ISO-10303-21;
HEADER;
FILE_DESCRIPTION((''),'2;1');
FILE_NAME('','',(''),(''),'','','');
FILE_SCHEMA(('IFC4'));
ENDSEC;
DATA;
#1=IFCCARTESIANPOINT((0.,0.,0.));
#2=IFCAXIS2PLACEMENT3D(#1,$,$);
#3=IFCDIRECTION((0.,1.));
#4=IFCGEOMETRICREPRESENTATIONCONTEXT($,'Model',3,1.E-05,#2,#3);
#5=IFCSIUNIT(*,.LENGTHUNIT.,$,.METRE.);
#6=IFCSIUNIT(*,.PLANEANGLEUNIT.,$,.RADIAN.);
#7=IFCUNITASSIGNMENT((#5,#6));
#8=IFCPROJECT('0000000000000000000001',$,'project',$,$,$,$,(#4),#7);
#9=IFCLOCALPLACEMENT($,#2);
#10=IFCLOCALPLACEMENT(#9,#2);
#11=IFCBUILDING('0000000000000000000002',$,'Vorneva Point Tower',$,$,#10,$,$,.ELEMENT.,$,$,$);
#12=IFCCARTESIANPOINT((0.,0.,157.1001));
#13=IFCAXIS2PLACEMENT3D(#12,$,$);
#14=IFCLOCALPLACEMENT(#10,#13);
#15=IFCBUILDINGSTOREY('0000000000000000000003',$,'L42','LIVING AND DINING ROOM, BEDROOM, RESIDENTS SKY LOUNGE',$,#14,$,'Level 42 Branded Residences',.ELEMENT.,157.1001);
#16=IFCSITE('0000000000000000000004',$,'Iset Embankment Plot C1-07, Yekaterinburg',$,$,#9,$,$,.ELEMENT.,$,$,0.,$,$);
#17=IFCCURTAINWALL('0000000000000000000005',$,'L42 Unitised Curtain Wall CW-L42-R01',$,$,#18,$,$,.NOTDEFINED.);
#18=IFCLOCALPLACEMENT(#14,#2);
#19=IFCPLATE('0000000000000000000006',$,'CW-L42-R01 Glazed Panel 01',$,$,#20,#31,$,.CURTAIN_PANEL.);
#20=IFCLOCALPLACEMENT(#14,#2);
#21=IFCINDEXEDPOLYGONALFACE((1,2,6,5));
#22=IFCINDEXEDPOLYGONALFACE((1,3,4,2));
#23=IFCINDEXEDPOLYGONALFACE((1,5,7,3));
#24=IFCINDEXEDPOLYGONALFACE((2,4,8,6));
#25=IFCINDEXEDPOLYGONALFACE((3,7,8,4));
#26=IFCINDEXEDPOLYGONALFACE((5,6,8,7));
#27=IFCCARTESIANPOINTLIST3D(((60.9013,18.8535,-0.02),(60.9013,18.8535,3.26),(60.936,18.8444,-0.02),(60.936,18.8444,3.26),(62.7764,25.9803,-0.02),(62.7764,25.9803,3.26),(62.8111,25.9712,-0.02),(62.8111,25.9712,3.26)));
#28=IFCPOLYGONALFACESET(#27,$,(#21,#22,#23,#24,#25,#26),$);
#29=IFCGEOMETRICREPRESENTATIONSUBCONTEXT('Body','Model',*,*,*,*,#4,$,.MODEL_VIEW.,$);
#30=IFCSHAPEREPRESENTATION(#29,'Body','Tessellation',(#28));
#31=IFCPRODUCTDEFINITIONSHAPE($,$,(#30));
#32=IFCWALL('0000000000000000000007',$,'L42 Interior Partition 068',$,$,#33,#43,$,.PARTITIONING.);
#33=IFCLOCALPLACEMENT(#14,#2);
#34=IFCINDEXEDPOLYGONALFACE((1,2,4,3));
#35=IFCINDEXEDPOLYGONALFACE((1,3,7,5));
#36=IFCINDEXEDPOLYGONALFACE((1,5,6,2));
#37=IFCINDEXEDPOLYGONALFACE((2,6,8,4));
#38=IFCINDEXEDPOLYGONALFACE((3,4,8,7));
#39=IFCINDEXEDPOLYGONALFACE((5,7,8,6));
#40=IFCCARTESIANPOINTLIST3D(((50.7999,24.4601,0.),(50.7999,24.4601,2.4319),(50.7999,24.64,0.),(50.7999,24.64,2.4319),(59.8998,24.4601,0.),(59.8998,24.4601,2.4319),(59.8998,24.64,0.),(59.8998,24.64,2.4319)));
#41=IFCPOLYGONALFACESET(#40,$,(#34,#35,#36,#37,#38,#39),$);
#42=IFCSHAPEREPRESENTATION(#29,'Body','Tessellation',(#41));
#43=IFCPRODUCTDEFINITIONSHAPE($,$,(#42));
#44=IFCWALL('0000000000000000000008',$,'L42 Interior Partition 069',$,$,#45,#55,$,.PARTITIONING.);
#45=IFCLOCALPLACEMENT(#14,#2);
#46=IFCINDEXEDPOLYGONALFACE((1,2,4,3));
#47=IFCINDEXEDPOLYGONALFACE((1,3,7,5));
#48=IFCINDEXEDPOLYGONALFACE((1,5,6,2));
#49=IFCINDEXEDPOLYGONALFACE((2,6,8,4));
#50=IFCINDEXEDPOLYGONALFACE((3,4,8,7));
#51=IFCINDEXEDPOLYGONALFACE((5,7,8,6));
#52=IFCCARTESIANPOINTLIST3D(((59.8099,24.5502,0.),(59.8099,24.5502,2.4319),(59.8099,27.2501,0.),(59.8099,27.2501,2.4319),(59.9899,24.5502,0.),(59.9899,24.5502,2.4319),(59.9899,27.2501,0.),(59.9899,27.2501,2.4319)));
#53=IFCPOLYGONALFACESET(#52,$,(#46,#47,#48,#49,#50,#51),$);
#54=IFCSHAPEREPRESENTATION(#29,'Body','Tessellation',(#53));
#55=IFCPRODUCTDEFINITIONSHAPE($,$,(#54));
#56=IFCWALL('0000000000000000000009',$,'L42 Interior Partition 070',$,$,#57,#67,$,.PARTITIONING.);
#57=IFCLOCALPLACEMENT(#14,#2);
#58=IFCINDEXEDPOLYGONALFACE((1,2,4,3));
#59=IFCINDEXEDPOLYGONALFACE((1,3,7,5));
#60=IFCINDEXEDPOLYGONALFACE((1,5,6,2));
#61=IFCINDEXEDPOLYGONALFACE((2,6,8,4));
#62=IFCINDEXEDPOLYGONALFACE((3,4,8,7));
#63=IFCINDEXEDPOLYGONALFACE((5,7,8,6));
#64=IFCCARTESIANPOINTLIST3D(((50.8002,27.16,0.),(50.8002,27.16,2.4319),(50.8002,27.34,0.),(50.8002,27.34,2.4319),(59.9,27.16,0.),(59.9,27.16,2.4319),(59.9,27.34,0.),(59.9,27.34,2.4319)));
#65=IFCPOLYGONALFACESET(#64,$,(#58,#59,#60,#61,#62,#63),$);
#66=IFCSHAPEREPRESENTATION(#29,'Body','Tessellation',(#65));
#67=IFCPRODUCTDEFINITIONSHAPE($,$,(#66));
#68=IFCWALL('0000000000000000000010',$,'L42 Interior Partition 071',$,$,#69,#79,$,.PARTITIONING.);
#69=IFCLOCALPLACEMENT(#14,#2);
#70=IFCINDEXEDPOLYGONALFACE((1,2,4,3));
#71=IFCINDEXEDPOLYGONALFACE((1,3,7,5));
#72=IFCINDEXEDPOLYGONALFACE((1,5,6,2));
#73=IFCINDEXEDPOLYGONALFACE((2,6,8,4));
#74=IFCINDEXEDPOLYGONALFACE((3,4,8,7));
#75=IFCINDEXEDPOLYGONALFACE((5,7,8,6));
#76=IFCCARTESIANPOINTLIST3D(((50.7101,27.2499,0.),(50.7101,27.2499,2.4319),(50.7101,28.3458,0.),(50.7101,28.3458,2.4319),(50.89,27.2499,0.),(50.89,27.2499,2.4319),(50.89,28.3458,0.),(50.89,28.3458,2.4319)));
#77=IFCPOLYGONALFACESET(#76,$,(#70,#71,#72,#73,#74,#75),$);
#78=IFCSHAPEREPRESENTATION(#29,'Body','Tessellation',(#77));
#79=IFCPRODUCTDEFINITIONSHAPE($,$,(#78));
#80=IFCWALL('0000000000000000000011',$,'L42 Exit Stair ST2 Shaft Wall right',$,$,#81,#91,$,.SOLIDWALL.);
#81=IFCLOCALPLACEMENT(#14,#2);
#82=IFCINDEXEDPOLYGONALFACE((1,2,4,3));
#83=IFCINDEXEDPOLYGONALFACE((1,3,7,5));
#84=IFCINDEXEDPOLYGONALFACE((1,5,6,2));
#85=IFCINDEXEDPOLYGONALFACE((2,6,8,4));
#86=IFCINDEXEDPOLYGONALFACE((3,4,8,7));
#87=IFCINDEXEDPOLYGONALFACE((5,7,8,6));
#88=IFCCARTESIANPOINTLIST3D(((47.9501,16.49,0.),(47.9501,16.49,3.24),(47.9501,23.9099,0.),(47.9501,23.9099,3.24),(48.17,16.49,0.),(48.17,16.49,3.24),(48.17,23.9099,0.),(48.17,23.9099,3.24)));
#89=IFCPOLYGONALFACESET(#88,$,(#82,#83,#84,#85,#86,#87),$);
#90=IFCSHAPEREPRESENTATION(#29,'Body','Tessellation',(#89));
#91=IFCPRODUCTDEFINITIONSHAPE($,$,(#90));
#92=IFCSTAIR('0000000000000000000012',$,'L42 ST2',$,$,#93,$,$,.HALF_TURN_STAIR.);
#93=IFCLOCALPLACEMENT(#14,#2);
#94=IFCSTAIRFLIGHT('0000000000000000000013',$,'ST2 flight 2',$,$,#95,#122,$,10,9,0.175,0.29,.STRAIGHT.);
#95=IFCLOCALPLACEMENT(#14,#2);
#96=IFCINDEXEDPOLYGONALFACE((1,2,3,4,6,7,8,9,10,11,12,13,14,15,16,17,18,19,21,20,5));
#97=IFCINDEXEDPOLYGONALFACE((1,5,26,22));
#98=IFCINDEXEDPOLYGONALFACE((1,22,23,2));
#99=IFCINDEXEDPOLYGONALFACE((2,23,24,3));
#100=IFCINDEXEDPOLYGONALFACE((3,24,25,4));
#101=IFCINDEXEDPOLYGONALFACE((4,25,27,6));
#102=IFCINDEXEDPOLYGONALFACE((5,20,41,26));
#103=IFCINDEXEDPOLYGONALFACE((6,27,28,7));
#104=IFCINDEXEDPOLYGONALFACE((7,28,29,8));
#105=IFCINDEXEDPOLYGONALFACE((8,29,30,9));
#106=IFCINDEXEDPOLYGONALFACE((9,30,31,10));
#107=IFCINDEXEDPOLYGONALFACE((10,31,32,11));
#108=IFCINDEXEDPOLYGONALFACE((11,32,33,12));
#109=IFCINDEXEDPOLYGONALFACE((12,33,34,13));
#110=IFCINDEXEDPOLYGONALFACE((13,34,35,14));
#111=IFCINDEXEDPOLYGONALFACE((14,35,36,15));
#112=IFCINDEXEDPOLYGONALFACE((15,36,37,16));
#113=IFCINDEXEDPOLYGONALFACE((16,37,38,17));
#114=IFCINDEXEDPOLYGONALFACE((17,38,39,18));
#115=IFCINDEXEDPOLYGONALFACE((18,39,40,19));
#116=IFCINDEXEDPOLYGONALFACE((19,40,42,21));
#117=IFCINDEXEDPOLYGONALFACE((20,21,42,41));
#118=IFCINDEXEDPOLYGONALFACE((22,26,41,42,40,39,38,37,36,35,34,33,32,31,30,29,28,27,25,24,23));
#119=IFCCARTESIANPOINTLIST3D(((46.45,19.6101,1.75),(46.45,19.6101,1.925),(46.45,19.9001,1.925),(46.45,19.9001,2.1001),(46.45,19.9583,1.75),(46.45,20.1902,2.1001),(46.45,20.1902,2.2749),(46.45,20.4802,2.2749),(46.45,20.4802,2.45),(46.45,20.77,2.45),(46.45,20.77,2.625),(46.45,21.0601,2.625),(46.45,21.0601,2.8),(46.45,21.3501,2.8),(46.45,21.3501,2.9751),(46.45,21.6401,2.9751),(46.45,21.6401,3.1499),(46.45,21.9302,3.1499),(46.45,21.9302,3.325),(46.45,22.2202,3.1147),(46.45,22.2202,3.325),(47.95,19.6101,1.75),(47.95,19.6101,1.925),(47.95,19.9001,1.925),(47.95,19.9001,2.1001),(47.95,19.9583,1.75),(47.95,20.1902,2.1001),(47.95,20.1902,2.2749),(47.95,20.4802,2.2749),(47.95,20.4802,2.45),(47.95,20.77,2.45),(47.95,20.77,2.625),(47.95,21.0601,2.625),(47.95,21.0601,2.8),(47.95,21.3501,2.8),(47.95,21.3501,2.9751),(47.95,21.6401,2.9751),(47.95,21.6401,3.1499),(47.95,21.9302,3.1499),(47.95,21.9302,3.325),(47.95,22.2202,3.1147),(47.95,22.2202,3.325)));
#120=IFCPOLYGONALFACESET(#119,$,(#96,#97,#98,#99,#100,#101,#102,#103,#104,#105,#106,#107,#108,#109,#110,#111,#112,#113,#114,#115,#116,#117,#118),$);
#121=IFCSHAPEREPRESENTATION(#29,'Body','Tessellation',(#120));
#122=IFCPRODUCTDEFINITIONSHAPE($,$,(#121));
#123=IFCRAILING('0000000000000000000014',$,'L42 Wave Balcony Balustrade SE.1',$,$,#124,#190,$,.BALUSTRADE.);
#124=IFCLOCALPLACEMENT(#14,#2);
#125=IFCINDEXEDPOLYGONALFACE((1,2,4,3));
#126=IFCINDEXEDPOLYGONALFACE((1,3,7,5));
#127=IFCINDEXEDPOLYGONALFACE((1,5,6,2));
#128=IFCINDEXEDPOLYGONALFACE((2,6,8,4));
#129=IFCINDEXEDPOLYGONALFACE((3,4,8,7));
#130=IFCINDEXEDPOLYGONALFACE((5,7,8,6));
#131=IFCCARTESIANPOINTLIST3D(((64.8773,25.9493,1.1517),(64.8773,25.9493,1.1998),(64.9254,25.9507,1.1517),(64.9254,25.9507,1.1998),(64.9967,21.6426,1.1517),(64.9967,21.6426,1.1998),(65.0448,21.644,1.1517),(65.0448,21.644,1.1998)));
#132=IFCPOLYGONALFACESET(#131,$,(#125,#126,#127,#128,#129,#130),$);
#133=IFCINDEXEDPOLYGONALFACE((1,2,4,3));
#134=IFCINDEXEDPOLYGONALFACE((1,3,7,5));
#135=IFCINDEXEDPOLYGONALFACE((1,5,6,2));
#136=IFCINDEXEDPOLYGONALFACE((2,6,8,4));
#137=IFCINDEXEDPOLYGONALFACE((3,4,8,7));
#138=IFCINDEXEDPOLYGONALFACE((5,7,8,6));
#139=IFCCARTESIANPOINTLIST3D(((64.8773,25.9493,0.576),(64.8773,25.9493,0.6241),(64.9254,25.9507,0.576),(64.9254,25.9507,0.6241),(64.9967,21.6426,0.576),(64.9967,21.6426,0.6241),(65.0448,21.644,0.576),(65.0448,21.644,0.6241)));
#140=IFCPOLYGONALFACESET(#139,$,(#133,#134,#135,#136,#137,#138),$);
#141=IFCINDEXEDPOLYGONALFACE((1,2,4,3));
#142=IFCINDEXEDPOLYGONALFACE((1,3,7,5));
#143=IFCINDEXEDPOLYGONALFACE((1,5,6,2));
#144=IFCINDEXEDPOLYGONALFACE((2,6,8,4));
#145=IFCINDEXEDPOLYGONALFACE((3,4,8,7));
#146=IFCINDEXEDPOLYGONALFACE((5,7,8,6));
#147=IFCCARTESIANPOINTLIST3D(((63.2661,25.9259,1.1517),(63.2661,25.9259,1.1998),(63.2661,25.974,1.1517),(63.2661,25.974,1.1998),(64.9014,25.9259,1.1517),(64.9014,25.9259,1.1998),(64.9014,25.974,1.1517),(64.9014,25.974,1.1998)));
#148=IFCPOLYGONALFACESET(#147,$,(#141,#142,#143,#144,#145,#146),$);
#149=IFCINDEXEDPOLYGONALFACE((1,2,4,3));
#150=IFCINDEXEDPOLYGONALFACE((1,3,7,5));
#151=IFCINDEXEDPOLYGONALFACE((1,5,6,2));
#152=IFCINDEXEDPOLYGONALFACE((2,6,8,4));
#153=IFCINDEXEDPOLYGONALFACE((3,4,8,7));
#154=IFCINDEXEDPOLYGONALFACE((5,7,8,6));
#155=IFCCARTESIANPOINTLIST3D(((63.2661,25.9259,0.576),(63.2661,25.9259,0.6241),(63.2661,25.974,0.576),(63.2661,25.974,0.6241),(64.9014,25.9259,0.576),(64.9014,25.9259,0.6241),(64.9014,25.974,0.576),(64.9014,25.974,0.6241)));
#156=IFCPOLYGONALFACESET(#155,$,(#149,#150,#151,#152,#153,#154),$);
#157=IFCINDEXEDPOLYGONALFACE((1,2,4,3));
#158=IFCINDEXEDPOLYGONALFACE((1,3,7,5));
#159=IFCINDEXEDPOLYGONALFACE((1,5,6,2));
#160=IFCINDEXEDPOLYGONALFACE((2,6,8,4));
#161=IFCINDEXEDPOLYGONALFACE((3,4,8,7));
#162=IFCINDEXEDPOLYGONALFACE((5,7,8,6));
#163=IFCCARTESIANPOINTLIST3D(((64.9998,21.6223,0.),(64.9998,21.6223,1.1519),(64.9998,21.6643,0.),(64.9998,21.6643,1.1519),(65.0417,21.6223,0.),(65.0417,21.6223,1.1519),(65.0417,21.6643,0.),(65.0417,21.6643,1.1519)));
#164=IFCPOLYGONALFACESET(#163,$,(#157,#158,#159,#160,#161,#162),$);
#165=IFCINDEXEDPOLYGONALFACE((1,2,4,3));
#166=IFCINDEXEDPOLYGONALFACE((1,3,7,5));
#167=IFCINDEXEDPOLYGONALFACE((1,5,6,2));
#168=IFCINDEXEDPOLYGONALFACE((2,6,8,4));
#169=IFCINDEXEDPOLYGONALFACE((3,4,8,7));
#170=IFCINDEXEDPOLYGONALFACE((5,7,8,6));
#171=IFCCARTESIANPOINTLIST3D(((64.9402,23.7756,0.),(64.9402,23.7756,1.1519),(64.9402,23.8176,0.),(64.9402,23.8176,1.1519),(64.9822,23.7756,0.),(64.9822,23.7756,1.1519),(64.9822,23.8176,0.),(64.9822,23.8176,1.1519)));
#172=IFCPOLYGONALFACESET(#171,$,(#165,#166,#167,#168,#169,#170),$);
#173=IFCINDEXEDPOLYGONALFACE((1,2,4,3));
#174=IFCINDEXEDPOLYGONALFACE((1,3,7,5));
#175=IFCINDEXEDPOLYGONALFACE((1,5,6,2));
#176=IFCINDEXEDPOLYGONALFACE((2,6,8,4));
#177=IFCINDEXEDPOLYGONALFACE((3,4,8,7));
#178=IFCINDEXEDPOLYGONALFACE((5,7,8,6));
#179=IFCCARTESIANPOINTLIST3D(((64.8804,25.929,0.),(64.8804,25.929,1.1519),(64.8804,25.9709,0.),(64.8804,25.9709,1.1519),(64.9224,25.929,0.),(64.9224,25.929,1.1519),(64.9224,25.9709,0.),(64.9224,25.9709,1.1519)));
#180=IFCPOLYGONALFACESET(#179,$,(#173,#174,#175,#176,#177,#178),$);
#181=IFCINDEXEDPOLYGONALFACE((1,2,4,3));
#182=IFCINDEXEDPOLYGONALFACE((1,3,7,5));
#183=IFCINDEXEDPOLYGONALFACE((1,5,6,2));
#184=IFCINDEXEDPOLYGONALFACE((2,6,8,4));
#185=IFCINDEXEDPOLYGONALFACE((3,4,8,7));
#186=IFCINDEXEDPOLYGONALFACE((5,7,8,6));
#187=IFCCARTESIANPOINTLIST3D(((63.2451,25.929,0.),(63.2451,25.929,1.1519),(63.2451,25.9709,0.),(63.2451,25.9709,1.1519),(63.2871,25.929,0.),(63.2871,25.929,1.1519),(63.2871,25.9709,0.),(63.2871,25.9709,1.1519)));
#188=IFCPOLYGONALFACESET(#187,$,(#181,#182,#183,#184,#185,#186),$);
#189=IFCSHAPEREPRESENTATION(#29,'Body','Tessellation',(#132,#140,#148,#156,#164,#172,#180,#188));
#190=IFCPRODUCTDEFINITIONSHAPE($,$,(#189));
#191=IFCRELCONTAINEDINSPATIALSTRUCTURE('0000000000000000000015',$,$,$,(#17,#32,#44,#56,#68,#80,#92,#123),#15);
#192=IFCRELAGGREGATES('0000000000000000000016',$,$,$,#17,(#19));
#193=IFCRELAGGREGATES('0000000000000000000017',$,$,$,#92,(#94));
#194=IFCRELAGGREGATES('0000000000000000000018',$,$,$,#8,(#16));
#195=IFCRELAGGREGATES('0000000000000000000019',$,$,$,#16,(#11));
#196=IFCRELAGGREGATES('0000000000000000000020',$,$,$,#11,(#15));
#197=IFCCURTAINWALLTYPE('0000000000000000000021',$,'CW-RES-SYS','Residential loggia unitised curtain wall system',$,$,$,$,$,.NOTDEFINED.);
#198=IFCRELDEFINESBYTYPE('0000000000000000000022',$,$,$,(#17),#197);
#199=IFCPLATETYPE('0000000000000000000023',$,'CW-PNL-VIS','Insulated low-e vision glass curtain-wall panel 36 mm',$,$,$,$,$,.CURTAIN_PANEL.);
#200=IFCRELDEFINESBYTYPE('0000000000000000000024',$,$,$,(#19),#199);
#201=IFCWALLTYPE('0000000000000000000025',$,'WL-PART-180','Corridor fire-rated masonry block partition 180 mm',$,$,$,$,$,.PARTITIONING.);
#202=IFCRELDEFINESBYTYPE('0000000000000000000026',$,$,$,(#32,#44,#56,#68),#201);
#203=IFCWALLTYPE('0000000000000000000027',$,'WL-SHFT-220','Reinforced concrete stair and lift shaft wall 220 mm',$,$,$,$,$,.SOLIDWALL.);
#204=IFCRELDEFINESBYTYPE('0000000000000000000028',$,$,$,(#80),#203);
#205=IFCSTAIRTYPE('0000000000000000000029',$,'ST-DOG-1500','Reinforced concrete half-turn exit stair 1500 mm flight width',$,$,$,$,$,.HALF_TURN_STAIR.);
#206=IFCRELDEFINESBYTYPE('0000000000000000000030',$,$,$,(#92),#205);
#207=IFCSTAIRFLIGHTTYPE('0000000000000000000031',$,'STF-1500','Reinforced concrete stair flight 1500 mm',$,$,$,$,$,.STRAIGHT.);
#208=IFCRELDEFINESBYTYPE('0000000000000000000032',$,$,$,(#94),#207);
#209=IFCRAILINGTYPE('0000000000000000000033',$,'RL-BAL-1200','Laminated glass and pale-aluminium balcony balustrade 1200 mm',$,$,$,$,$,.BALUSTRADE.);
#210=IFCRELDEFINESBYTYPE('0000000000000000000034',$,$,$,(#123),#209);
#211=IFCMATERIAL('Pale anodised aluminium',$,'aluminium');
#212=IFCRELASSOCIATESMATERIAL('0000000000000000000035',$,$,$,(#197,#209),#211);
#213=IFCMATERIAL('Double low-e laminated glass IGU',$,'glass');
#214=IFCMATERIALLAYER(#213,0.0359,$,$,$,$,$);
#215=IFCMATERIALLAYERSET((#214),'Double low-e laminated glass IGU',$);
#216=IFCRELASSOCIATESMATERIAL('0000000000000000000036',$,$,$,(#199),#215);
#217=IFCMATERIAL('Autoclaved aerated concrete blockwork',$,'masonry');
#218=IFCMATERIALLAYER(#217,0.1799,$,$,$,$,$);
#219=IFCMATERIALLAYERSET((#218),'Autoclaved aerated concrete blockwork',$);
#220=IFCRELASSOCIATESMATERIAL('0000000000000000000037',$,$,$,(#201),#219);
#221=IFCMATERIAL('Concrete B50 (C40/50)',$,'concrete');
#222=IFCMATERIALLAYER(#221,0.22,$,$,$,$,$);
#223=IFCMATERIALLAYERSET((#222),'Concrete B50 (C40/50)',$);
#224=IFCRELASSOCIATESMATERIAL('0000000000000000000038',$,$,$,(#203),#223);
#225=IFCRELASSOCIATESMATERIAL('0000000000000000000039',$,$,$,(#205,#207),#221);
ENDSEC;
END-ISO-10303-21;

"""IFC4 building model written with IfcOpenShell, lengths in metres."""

from ifc_helpers import new_model, si_unit, direction, frame, frame_2d, origin, origin_2d, place, context, subcontext, project, spatial, polyline, rectangle, outline, extrude, material, layer, layer_set, type_object, element, aggregate, save


model = new_model("IFC4")

# Units and contexts
model_context = context("Model", 3, precision=1e-05, world=origin(), true_north=direction((0.0, 1.0)))
body_context = subcontext(model_context, "Body", "Model", "MODEL_VIEW")
ifc_project = project(units=[si_unit("LENGTHUNIT", "METRE"), si_unit("PLANEANGLEUNIT", "RADIAN")], contexts=[model_context])

# Site, building, storey
site_placement = place(None, origin())
site = spatial("IfcSite", under=ifc_project, at=site_placement, Name="Iset Embankment Plot C1-07, Yekaterinburg", CompositionType="ELEMENT", RefElevation=0.0)
building_placement = place(site_placement, origin())
building = spatial("IfcBuilding", under=site, at=building_placement, Name="Vorneva Point Tower", CompositionType="ELEMENT")
storey_placement = place(building_placement, frame((0.0, 0.0, 157.1001)))
storey = spatial("IfcBuildingStorey", under=building, at=storey_placement, Name="L42", Description="LIVING AND DINING ROOM, BEDROOM, RESIDENTS SKY LOUNGE", LongName="Level 42 Branded Residences", CompositionType="ELEMENT", Elevation=157.1001)

# Curtain wall, plate
ifc_material_1 = material(Name="Pale anodised aluminium", Category="aluminium")
curtain_wall_type = type_object("IfcCurtainWallType", Name="CW-RES-SYS", Description="Residential loggia unitised curtain wall system", PredefinedType="NOTDEFINED", material=ifc_material_1)
curtain_wall_placement = place(storey_placement, origin())
curtain_wall = element("IfcCurtainWall", 1, at=curtain_wall_placement, inside=storey, type_object=curtain_wall_type, Name="L42 Unitised Curtain Wall CW-L42-R01", PredefinedType="NOTDEFINED")
ifc_material_2 = material(Name="Double low-e laminated glass IGU", Category="glass")
ifc_layer_1 = layer(ifc_material_2, 0.0359)
ifc_layer_set_1 = layer_set([ifc_layer_1], Name="Double low-e laminated glass IGU")
plate_type = type_object("IfcPlateType", Name="CW-PNL-VIS", Description="Insulated low-e vision glass curtain-wall panel 36 mm", PredefinedType="CURTAIN_PANEL", material=ifc_layer_set_1)
plate_placement = place(storey_placement, frame((61.8562, 22.4124, -0.02), z_axis=(0.0, 0.0, 1.0), x_axis=(0.254433, 0.96709, 0.0)))
plate = element("IfcPlate", 2, at=plate_placement, type_object=plate_type, Name="CW-L42-R01 Glazed Panel 01", PredefinedType="CURTAIN_PANEL", context=body_context, shape_type="SweptSolid", body=[
    extrude(rectangle(XDim=7.3694, YDim=0.0359, at=origin_2d()), origin(), (0.0, 0.0, 1.0), 3.28),
])
aggregate(curtain_wall, [plate])

# Shared definitions
ifc_material_3 = material(Name="Autoclaved aerated concrete blockwork", Category="masonry")
ifc_layer_2 = layer(ifc_material_3, 0.1799)
ifc_layer_set_2 = layer_set([ifc_layer_2], Name="Autoclaved aerated concrete blockwork")
wall_type_1 = type_object("IfcWallType", Name="WL-PART-180", Description="Corridor fire-rated masonry block partition 180 mm", PredefinedType="PARTITIONING", material=ifc_layer_set_2)

# Walls
wall_1_placement = place(storey_placement, frame((50.8, 24.55, 0.0), z_axis=(0.0, 0.0, 1.0), x_axis=(1.0, 0.0, 0.0)))
element("IfcWall", 3, at=wall_1_placement, inside=storey, type_object=wall_type_1, Name="L42 Interior Partition 068", PredefinedType="PARTITIONING", context=body_context, shape_type="SweptSolid", body=[
    extrude(rectangle(XDim=9.0999, YDim=0.1799, at=frame_2d((4.5498, 0.0))), origin(), (0.0, 0.0, 1.0), 2.4319),
])
wall_2_placement = place(storey_placement, frame((59.8999, 24.55, 0.0), z_axis=(0.0, 0.0, 1.0), x_axis=(0.0, 1.0, 0.0)))
element("IfcWall", 4, at=wall_2_placement, inside=storey, type_object=wall_type_1, Name="L42 Interior Partition 069", PredefinedType="PARTITIONING", context=body_context, shape_type="SweptSolid", body=[
    extrude(rectangle(XDim=2.7, YDim=0.1799, at=frame_2d((1.3501, 0.0))), origin(), (0.0, 0.0, 1.0), 2.4319),
])
wall_3_placement = place(storey_placement, frame((59.8999, 27.25, 0.0), z_axis=(0.0, 0.0, 1.0), x_axis=(-1.0, 0.0, 0.0)))
element("IfcWall", 5, at=wall_3_placement, inside=storey, type_object=wall_type_1, Name="L42 Interior Partition 070", PredefinedType="PARTITIONING", context=body_context, shape_type="SweptSolid", body=[
    extrude(rectangle(XDim=9.0999, YDim=0.1799, at=frame_2d((4.5498, 0.0))), origin(), (0.0, 0.0, 1.0), 2.4319),
])
wall_4_placement = place(storey_placement, frame((50.8, 27.25, 0.0), z_axis=(0.0, 0.0, 1.0), x_axis=(0.0, 1.0, 0.0)))
element("IfcWall", 6, at=wall_4_placement, inside=storey, type_object=wall_type_1, Name="L42 Interior Partition 071", PredefinedType="PARTITIONING", context=body_context, shape_type="SweptSolid", body=[
    extrude(rectangle(XDim=1.0959, YDim=0.1799, at=frame_2d((0.5479, 0.0))), origin(), (0.0, 0.0, 1.0), 2.4319),
])
ifc_material_4 = material(Name="Concrete B50 (C40/50)", Category="concrete")
ifc_layer_3 = layer(ifc_material_4, 0.22)
ifc_layer_set_3 = layer_set([ifc_layer_3], Name="Concrete B50 (C40/50)")
wall_type_2 = type_object("IfcWallType", Name="WL-SHFT-220", Description="Reinforced concrete stair and lift shaft wall 220 mm", PredefinedType="SOLIDWALL", material=ifc_layer_set_3)
wall_5_placement = place(storey_placement, frame((48.0601, 23.9099, 0.0), z_axis=(0.0, 0.0, 1.0), x_axis=(0.0, -1.0, 0.0)))
element("IfcWall", 7, at=wall_5_placement, inside=storey, type_object=wall_type_2, Name="L42 Exit Stair ST2 Shaft Wall right", PredefinedType="SOLIDWALL", context=body_context, shape_type="SweptSolid", body=[
    extrude(rectangle(XDim=7.4199, YDim=0.22, at=frame_2d((3.71, 0.0))), origin(), (0.0, 0.0, 1.0), 3.24),
])

# Stair, stair flight
stair_type = type_object("IfcStairType", Name="ST-DOG-1500", Description="Reinforced concrete half-turn exit stair 1500 mm flight width", PredefinedType="HALF_TURN_STAIR", material=ifc_material_4)
stair_placement = place(storey_placement, origin())
stair = element("IfcStair", 8, at=stair_placement, inside=storey, type_object=stair_type, Name="L42 ST2", PredefinedType="HALF_TURN_STAIR")
stair_flight_type = type_object("IfcStairFlightType", Name="STF-1500", Description="Reinforced concrete stair flight 1500 mm", PredefinedType="STRAIGHT", material=ifc_material_4)
stair_flight_placement = place(storey_placement, frame((47.2, 19.6101, 1.75), z_axis=(0.0, 0.0, 1.0), x_axis=(0.0, 1.0, 0.0)))
stair_flight = element("IfcStairFlight", 9, at=stair_flight_placement, type_object=stair_flight_type, Name="ST2 flight 2", NumberOfRisers=10, NumberOfTreads=9, PredefinedType="STRAIGHT", RiserHeight=0.175, TreadLength=0.29, context=body_context, shape_type="SweptSolid", body=[
    extrude(outline(polyline([(0.0, 0.0), (0.0, 0.175), (0.29, 0.175), (0.29, 0.3501), (0.5801, 0.3501), (0.5801, 0.5249), (0.8701, 0.5249), (0.8701, 0.7), (1.1599, 0.7), (1.1599, 0.875), (1.45, 0.875), (1.45, 1.05), (1.74, 1.05), (1.74, 1.2251), (2.03, 1.2251), (2.03, 1.3999), (2.3201, 1.3999), (2.3201, 1.575), (2.6101, 1.575), (2.6101, 1.75), (2.6101, 1.3647), (0.3481, 0.0), (0.0, 0.0)])), frame((0.0, 0.75, 0.0), z_axis=(0.0, -1.0, 0.0), x_axis=(1.0, 0.0, 0.0)), (0.0, 0.0, 1.0), 1.5),
])
aggregate(stair, [stair_flight])

# Railing
railing_type_1 = type_object("IfcRailingType", Name="RL-BAL-1200", Description="Laminated glass and pale-aluminium balcony balustrade 1200 mm", PredefinedType="BALUSTRADE", material=ifc_material_1)
railing_1_placement = place(storey_placement, frame((65.0208, 21.6433, 0.0)))
element("IfcRailing", 10, at=railing_1_placement, inside=storey, type_object=railing_type_1, Name="L42 Wave Balcony Balustrade SE.1", PredefinedType="BALUSTRADE", context=body_context, shape_type="SweptSolid", body=[
    extrude(rectangle(XDim=0.0481, YDim=0.0481, at=origin_2d()), frame((0.0, 0.0, 1.1758), z_axis=(-0.02771, 0.999616, 0.0), x_axis=(-0.999616, -0.02771, 0.0)), (0.0, 0.0, 1.0), 4.3083),
    extrude(rectangle(XDim=0.0481, YDim=0.0481, at=origin_2d()), frame((0.0, 0.0, 0.6001), z_axis=(-0.02771, 0.999616, 0.0), x_axis=(-0.999616, -0.02771, 0.0)), (0.0, 0.0, 1.0), 4.3083),
    extrude(rectangle(XDim=0.0481, YDim=0.0481, at=origin_2d()), frame((-0.1194, 4.3066, 1.1758), z_axis=(-1.0, 0.0, 0.0), x_axis=(0.0, -1.0, 0.0)), (0.0, 0.0, 1.0), 1.6353),
    extrude(rectangle(XDim=0.0481, YDim=0.0481, at=origin_2d()), frame((-0.1194, 4.3066, 0.6001), z_axis=(-1.0, 0.0, 0.0), x_axis=(0.0, -1.0, 0.0)), (0.0, 0.0, 1.0), 1.6353),
    extrude(rectangle(XDim=0.042, YDim=0.042, at=origin_2d()), origin(), (0.0, 0.0, 1.0), 1.1519),
    extrude(rectangle(XDim=0.042, YDim=0.042, at=origin_2d()), frame((-0.0596, 2.1533, 0.0)), (0.0, 0.0, 1.0), 1.1519),
    extrude(rectangle(XDim=0.042, YDim=0.042, at=origin_2d()), frame((-0.1194, 4.3066, 0.0)), (0.0, 0.0, 1.0), 1.1519),
    extrude(rectangle(XDim=0.042, YDim=0.042, at=origin_2d()), frame((-1.7546, 4.3066, 0.0)), (0.0, 0.0, 1.0), 1.1519),
])

save(model, "model.ifc")
